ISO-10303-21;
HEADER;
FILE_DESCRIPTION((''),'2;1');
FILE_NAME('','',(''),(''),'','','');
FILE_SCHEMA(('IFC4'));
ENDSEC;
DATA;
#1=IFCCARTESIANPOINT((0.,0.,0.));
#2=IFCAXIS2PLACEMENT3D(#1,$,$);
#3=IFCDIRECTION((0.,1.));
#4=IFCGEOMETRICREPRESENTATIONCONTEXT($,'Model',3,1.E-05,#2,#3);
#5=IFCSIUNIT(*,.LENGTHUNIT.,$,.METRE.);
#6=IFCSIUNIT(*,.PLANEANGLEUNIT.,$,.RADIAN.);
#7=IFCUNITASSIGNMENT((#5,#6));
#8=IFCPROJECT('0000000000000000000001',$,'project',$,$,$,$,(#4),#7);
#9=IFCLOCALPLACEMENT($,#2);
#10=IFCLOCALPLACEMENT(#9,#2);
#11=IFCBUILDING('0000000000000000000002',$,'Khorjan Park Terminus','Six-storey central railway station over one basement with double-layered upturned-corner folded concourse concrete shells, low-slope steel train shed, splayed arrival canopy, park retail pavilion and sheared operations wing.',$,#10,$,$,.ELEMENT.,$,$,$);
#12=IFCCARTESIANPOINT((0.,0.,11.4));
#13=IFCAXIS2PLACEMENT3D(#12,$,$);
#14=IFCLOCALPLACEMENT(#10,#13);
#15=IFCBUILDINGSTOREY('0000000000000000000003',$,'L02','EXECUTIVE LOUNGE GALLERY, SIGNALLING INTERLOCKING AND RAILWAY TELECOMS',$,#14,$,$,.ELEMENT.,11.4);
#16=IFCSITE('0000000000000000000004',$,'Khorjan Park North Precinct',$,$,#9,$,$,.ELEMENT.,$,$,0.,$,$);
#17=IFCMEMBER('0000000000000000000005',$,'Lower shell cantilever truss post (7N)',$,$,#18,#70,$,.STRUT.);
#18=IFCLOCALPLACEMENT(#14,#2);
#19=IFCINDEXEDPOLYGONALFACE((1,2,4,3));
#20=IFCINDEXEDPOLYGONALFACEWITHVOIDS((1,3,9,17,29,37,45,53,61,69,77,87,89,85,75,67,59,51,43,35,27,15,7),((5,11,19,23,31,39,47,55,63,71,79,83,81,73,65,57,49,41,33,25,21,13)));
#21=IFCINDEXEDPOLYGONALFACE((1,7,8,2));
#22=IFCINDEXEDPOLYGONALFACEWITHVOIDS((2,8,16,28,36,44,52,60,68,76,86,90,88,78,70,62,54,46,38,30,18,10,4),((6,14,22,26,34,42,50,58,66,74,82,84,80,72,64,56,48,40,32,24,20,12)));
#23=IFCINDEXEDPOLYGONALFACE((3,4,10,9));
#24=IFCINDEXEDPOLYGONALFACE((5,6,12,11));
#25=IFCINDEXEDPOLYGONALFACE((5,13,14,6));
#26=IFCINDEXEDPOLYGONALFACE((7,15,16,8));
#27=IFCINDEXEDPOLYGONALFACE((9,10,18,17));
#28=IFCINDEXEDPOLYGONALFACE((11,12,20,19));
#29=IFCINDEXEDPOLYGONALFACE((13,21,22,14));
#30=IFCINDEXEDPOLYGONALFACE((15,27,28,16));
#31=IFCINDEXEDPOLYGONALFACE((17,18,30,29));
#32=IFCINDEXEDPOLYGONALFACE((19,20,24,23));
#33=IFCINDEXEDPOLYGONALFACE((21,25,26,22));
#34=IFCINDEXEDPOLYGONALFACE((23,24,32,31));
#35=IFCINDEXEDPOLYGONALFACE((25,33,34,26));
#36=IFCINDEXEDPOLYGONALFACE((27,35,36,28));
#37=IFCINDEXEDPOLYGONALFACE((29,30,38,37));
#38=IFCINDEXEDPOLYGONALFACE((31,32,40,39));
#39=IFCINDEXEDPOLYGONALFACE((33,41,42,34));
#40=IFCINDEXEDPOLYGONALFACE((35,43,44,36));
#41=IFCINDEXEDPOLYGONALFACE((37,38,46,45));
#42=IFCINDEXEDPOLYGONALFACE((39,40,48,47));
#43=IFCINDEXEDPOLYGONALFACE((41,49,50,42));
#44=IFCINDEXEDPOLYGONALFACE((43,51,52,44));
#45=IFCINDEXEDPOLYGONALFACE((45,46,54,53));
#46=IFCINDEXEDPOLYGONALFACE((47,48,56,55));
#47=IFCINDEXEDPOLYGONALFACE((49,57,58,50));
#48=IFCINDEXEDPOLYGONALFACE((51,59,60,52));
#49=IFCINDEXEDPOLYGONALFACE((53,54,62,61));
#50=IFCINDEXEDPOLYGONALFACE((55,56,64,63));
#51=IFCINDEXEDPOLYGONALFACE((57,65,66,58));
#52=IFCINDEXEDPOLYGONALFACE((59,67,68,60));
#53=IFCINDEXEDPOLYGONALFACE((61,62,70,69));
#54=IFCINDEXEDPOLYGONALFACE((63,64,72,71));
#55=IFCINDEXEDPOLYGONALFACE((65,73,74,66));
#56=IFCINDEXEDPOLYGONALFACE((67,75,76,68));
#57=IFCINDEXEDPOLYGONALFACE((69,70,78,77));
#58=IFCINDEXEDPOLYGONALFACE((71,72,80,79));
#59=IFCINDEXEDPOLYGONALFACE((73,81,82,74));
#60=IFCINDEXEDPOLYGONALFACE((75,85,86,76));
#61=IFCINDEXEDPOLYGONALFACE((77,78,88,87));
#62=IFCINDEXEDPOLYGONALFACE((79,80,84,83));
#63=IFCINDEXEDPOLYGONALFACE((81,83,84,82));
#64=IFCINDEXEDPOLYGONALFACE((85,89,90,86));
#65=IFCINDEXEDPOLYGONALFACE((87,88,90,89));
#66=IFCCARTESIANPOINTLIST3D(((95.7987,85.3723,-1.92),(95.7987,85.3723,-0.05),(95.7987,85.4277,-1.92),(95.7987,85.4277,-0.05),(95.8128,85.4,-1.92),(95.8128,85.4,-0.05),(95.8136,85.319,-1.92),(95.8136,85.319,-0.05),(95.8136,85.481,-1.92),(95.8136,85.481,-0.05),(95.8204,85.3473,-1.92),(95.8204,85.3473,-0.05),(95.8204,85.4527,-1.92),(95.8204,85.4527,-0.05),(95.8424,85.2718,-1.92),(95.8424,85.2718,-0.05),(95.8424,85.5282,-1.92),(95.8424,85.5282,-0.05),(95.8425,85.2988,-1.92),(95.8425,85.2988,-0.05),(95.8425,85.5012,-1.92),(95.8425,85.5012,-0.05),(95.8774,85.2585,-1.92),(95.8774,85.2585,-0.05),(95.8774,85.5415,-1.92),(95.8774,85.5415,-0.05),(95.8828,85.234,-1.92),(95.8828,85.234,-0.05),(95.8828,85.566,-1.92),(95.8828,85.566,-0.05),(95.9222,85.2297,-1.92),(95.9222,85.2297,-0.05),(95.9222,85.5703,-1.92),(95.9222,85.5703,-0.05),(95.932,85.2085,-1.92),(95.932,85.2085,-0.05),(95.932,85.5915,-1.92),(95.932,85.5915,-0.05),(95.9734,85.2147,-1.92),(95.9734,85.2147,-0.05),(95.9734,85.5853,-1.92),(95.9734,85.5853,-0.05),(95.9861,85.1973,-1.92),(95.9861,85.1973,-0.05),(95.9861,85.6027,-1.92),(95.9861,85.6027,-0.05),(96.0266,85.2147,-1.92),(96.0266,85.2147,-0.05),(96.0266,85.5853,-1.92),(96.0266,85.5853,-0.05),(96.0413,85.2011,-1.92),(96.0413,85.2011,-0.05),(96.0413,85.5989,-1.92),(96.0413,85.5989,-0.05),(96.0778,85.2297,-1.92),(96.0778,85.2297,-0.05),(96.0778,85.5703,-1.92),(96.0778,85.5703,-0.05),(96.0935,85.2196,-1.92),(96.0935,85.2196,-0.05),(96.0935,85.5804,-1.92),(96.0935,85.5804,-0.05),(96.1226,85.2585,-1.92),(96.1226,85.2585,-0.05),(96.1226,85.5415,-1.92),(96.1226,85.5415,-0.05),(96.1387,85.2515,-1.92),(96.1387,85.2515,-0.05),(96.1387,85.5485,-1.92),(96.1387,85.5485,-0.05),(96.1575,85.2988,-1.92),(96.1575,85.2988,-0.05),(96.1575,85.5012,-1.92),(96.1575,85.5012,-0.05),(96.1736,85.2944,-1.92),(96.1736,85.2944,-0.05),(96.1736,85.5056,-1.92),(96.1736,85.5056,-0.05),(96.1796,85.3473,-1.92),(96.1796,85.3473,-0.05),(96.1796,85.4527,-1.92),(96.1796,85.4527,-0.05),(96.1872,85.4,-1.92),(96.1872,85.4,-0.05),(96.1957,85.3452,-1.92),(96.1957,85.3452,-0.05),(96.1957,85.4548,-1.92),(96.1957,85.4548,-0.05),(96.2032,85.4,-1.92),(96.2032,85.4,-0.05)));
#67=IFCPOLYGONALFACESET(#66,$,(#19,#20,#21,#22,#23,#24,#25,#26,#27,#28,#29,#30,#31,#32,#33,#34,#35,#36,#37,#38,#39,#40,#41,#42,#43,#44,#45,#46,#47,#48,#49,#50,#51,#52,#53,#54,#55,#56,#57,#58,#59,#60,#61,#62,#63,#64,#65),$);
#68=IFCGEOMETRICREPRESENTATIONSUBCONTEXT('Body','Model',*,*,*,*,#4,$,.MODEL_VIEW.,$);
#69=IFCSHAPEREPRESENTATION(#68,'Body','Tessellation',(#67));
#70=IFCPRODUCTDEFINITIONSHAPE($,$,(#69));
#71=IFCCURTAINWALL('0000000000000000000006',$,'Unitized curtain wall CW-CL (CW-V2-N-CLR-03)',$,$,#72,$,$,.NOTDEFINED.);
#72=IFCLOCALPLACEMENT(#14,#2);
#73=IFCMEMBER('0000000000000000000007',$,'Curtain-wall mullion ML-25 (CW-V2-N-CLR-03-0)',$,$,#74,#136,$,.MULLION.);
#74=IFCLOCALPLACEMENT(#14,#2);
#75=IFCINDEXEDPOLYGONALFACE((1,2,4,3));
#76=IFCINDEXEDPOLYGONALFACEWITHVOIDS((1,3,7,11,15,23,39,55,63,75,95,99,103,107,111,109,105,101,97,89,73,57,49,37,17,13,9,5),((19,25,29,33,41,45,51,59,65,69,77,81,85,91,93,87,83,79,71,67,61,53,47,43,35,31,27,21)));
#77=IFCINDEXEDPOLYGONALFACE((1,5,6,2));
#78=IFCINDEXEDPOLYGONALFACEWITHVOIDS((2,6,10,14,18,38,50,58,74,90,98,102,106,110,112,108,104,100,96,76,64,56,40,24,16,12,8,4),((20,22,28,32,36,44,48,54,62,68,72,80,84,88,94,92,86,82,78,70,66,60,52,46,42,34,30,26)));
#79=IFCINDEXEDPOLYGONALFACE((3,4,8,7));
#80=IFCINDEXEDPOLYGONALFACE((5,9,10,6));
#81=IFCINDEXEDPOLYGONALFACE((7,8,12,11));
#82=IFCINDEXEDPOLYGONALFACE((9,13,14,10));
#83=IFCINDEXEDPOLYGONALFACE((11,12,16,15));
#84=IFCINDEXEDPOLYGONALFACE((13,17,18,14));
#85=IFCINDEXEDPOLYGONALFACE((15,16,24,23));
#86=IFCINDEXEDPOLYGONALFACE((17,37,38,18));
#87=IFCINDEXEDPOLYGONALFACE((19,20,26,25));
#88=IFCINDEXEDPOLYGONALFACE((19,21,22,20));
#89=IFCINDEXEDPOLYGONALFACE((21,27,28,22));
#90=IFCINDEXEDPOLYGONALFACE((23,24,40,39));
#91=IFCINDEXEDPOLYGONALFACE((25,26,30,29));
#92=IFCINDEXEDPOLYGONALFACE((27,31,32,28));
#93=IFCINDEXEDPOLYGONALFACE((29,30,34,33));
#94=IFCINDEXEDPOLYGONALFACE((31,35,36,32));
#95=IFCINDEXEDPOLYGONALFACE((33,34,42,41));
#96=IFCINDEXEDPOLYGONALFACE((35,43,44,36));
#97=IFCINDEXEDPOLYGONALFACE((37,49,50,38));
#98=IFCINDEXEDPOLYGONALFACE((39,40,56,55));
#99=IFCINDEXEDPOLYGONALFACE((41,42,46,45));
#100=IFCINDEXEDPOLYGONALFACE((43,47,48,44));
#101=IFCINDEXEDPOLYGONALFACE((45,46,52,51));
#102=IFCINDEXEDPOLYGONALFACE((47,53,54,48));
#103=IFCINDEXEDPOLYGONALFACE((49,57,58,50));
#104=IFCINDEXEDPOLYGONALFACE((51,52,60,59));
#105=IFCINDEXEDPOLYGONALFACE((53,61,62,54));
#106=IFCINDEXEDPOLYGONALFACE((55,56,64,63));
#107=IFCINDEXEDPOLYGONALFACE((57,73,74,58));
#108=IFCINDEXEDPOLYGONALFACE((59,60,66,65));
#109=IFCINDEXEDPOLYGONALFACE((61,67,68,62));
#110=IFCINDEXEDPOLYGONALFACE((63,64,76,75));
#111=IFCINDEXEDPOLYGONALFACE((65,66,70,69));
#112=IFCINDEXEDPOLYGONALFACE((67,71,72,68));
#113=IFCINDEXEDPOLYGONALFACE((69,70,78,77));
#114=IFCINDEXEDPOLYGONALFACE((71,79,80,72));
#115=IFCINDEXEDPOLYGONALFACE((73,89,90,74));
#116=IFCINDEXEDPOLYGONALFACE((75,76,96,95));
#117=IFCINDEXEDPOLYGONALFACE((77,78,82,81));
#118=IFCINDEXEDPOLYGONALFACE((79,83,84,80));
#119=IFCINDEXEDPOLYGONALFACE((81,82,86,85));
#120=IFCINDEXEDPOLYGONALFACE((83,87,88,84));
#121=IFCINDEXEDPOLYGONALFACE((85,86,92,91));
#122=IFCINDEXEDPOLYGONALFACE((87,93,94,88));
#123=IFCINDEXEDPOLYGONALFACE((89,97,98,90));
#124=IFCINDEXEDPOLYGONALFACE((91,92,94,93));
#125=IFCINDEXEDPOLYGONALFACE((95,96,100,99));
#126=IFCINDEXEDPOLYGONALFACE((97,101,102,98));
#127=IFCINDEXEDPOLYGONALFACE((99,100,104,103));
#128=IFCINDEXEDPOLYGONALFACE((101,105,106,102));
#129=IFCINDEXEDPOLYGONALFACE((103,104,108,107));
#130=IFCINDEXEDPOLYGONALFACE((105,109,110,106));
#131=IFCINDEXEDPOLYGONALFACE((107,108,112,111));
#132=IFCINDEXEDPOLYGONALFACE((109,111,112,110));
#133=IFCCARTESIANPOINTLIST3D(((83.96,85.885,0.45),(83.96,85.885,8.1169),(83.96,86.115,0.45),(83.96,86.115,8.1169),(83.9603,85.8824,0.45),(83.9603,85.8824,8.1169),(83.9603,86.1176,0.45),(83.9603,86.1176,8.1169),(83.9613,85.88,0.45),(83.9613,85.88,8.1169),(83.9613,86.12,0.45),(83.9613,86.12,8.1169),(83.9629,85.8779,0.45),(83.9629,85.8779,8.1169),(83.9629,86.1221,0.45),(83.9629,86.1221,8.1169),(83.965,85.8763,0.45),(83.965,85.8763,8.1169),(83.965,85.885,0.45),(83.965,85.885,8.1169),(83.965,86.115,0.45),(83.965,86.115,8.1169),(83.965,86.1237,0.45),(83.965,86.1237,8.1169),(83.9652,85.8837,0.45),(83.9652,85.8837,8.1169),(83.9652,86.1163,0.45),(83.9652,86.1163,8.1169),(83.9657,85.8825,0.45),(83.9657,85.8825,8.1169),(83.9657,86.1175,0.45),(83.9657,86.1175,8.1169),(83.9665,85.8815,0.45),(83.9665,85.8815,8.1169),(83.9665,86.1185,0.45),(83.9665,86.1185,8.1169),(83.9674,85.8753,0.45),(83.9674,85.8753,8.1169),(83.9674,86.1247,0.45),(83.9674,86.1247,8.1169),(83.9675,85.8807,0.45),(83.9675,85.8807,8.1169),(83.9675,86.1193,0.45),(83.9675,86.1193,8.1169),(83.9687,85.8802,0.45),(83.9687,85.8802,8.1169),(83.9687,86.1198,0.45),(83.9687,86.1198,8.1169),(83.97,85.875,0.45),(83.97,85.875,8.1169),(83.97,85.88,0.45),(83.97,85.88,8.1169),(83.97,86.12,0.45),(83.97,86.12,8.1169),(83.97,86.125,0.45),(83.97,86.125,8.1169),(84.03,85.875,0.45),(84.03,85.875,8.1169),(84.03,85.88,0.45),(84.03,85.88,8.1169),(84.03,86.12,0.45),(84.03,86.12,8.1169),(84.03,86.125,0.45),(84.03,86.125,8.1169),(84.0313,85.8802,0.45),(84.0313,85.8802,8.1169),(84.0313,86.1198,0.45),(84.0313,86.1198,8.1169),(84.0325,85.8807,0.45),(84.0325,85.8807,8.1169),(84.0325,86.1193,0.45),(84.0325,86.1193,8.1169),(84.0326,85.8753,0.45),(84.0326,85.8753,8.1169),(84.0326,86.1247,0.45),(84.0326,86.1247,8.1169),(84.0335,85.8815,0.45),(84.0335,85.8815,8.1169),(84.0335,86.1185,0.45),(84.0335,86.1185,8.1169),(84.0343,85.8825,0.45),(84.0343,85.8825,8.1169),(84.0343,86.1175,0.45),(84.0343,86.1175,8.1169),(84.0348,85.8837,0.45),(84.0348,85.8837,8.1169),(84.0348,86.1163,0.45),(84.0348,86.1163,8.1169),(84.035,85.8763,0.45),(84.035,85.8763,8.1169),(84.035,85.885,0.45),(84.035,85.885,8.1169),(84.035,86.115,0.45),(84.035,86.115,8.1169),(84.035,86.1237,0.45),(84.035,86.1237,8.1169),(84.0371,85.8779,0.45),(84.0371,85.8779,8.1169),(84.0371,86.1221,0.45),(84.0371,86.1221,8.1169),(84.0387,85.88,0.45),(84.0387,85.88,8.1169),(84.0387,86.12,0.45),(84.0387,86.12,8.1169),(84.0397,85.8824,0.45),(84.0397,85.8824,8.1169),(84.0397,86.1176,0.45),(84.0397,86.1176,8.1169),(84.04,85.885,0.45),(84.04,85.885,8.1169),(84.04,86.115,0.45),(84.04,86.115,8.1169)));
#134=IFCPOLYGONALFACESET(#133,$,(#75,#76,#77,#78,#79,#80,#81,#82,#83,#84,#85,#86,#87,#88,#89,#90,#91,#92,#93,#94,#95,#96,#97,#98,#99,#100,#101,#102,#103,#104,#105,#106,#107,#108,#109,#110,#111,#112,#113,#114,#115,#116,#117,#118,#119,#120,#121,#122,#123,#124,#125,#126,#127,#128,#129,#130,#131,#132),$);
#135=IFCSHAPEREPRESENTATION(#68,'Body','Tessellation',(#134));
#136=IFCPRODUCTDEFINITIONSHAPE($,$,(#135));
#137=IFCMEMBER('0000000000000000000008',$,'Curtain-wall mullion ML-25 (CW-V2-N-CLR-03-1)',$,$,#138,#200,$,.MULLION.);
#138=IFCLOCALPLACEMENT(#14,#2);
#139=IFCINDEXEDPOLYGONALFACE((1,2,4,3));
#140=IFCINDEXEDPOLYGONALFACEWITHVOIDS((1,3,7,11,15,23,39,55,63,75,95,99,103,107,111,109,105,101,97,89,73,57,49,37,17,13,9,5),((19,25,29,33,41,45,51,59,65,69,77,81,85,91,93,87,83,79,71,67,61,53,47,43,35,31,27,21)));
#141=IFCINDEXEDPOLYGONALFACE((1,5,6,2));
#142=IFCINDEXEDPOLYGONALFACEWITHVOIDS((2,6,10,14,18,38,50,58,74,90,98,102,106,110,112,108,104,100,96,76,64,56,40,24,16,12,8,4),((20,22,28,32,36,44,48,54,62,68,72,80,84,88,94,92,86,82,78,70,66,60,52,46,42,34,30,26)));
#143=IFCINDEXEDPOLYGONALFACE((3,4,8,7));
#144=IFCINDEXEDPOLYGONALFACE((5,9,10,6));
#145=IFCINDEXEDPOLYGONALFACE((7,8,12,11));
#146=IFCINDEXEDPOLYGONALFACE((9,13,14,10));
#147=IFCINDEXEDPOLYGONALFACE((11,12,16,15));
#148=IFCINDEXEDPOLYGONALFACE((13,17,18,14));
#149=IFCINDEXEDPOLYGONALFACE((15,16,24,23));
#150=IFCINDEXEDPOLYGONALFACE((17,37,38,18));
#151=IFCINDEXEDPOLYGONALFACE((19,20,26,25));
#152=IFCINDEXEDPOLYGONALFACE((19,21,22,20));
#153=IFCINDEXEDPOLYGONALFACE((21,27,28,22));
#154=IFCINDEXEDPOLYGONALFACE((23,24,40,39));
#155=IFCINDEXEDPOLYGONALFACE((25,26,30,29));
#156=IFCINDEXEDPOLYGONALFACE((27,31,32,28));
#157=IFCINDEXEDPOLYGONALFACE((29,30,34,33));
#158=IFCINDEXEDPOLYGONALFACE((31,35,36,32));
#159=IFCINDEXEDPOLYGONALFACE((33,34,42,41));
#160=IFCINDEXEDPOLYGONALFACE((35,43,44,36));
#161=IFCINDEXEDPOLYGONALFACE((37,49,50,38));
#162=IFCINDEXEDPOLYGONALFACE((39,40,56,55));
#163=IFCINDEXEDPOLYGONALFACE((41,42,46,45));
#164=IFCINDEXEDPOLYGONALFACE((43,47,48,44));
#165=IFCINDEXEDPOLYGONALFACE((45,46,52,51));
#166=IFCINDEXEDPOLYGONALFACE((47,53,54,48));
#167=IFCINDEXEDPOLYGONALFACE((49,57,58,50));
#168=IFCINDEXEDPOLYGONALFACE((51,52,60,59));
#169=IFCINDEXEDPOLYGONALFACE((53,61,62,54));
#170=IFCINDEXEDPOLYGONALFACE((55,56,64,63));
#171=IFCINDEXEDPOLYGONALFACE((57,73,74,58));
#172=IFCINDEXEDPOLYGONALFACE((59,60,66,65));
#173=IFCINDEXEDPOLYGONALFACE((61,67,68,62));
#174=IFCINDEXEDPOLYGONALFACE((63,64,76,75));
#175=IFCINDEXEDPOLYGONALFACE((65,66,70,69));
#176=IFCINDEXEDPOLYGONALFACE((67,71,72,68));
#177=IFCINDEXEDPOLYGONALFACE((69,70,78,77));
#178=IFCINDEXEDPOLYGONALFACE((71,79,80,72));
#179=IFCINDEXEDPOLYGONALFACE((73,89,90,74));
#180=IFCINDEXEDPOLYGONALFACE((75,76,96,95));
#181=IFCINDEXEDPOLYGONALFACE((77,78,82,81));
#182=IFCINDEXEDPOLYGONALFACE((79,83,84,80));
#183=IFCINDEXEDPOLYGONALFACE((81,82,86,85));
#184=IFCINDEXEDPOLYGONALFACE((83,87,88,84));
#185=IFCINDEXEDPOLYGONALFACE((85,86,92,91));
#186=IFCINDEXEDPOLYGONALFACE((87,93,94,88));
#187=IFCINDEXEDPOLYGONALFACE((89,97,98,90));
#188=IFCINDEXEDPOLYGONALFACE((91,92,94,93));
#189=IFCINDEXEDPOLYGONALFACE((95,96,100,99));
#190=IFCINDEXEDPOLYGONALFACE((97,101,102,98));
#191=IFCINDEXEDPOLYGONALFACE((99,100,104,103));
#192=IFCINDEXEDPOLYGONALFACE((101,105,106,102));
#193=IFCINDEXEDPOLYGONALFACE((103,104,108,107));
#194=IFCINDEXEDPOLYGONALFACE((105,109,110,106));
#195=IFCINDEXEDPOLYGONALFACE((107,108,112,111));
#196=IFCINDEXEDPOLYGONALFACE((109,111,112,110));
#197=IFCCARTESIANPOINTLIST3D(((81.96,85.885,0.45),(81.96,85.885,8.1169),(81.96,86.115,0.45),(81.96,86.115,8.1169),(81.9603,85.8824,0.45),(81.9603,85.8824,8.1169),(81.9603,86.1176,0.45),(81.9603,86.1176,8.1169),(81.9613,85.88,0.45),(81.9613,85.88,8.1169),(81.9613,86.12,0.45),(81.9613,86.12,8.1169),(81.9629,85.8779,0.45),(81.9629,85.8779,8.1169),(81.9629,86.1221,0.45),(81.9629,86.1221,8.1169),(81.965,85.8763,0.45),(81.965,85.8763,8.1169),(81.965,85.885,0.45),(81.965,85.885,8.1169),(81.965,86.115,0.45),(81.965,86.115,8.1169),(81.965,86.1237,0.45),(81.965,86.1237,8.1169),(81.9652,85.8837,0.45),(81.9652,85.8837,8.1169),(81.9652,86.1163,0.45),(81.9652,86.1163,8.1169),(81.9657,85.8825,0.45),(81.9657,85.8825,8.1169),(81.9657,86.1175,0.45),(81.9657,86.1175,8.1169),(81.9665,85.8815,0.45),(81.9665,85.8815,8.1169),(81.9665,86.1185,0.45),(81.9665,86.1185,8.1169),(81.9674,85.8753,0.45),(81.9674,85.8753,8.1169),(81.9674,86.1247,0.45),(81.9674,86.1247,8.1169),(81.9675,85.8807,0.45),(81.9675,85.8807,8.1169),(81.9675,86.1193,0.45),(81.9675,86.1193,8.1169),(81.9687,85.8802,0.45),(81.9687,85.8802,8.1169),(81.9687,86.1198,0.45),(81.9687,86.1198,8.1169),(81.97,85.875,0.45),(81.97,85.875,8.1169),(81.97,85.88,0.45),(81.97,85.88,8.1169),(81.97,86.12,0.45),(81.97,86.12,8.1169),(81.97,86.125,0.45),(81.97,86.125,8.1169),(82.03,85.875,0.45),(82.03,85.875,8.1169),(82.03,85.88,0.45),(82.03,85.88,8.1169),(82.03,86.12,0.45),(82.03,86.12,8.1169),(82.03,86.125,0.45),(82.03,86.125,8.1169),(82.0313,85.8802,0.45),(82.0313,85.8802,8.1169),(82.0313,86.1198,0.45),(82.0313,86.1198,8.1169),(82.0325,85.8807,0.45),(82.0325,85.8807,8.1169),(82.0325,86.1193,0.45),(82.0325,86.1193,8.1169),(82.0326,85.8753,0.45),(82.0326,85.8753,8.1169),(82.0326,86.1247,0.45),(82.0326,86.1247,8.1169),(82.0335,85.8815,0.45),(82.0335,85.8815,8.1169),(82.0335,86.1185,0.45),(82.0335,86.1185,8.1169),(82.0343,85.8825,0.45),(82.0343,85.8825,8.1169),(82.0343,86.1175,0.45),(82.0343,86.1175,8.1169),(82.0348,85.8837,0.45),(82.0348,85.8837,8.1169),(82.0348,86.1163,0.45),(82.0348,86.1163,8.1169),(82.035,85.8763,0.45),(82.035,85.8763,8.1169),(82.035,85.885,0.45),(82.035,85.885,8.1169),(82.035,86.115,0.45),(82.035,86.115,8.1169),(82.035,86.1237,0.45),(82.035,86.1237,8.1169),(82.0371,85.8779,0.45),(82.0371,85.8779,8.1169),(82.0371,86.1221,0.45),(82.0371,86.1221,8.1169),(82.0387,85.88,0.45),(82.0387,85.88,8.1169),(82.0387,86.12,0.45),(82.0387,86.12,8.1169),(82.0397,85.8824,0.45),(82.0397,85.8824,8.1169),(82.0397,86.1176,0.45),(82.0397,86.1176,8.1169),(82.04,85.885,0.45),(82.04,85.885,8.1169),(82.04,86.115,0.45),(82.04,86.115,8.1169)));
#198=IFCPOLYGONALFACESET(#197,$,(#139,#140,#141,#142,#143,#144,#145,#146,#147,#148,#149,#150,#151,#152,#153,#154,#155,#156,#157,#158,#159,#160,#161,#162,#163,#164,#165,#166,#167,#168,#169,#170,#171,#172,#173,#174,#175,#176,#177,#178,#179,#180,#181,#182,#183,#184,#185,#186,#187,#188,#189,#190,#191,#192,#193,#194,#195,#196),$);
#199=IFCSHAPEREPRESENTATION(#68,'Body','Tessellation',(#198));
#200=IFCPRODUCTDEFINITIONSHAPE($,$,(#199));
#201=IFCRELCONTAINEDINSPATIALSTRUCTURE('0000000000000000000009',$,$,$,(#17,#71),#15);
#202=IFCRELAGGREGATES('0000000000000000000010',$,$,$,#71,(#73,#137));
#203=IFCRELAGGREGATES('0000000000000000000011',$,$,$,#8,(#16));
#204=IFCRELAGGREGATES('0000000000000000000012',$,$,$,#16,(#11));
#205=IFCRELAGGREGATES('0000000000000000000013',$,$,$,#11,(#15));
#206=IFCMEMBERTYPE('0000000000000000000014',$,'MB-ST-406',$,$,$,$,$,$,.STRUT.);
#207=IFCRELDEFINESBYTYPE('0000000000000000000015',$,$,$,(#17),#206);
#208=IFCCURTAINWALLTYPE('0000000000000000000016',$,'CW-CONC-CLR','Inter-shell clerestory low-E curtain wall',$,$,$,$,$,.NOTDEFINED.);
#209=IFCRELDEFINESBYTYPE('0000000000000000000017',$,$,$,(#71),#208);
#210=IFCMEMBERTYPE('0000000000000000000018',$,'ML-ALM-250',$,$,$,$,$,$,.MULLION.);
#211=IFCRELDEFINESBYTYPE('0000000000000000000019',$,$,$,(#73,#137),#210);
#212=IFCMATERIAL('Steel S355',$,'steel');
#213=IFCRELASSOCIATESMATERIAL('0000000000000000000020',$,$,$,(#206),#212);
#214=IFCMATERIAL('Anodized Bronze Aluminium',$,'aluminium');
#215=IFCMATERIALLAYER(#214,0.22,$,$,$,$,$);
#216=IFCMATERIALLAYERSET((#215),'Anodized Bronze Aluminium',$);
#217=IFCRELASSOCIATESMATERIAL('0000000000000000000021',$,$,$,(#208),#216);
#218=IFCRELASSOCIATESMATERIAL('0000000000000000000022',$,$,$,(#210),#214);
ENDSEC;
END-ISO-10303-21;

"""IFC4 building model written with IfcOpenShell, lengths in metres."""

from ifc_helpers import new_model, si_unit, direction, frame, origin, origin_2d, place, context, subcontext, project, spatial, hollow_rectangle, hollow_circle, extrude, material, layer, layer_set, material_profile, profile_set, type_object, element, aggregate, save


model = new_model("IFC4")

# Units and contexts
model_context = context("Model", 3, precision=1e-05, world=origin(), true_north=direction((0.0, 1.0)))
body_context = subcontext(model_context, "Body", "Model", "MODEL_VIEW")
ifc_project = project(units=[si_unit("LENGTHUNIT", "METRE"), si_unit("PLANEANGLEUNIT", "RADIAN")], contexts=[model_context])

# Site, building, storey
site_placement = place(None, origin())
site = spatial("IfcSite", under=ifc_project, at=site_placement, Name="Khorjan Park North Precinct", CompositionType="ELEMENT", RefElevation=0.0)
building_placement = place(site_placement, origin())
building = spatial("IfcBuilding", under=site, at=building_placement, Name="Khorjan Park Terminus", Description="Six-storey central railway station over one basement with double-layered upturned-corner folded concourse concrete shells, low-slope steel train shed, splayed arrival canopy, park retail pavilion and sheared operations wing.", CompositionType="ELEMENT")
storey_placement = place(building_placement, frame((0.0, 0.0, 11.4)))
storey = spatial("IfcBuildingStorey", under=building, at=storey_placement, Name="L02", Description="EXECUTIVE LOUNGE GALLERY, SIGNALLING INTERLOCKING AND RAILWAY TELECOMS", CompositionType="ELEMENT", Elevation=11.4)

# Member
ifc_material_1 = material(Name="Steel S355", Category="steel")
ifc_material_profile_1 = material_profile(ifc_material_1, hollow_circle(Radius=0.2032, WallThickness=0.016, at=origin_2d()), Name="CHS 406.4x16")
ifc_profile_set_1 = profile_set([ifc_material_profile_1], Name="Steel S355")
member_type_1 = type_object("IfcMemberType", Name="MB-ST-406", PredefinedType="STRUT", material=ifc_profile_set_1)
for number, where, z_axis, x_axis, name in (
    (1, (96.0, 85.4, -1.92), (0.0, 0.0, 1.0), (1.0, 0.0, 0.0), "Lower shell cantilever truss post (7N)"),
):
    element("IfcMember", number, at=place(storey_placement, frame(where, z_axis=z_axis, x_axis=x_axis)), inside=storey, type_object=member_type_1, Name=name, PredefinedType="STRUT", context=body_context, shape_type="SweptSolid", body=[
        extrude(hollow_circle(Radius=0.2032, WallThickness=0.016, at=origin_2d()), origin(), (0.0, 0.0, 1.0), 1.87),
    ])

# Curtain wall, members
ifc_material_2 = material(Name="Anodized Bronze Aluminium", Category="aluminium")
ifc_layer_1 = layer(ifc_material_2, 0.22)
ifc_layer_set_1 = layer_set([ifc_layer_1], Name="Anodized Bronze Aluminium")
curtain_wall_type = type_object("IfcCurtainWallType", Name="CW-CONC-CLR", Description="Inter-shell clerestory low-E curtain wall", PredefinedType="NOTDEFINED", material=ifc_layer_set_1)
curtain_wall_1_placement = place(storey_placement, origin())
curtain_wall_1 = element("IfcCurtainWall", 2, at=curtain_wall_1_placement, inside=storey, type_object=curtain_wall_type, Name="Unitized curtain wall CW-CL (CW-V2-N-CLR-03)", PredefinedType="NOTDEFINED")
ifc_material_profile_2 = material_profile(ifc_material_2, hollow_rectangle(XDim=0.08, YDim=0.25, WallThickness=0.005, InnerFilletRadius=0.005, OuterFilletRadius=0.01, at=origin_2d()), Name="ALM 80x250x5")
ifc_profile_set_2 = profile_set([ifc_material_profile_2], Name="Anodized Bronze Aluminium")
member_type_2 = type_object("IfcMemberType", Name="ML-ALM-250", PredefinedType="MULLION", material=ifc_profile_set_2)
member_1_placement = place(storey_placement, frame((84.0, 86.0, 0.45), z_axis=(0.0, 0.0, 1.0), x_axis=(-1.0, 0.0, 0.0)))
member_1 = element("IfcMember", 3, at=member_1_placement, type_object=member_type_2, Name="Curtain-wall mullion ML-25 (CW-V2-N-CLR-03-0)", PredefinedType="MULLION", context=body_context, shape_type="SweptSolid", body=[
    extrude(hollow_rectangle(XDim=0.08, YDim=0.25, WallThickness=0.005, InnerFilletRadius=0.005, OuterFilletRadius=0.01, at=origin_2d()), origin(), (0.0, 0.0, 1.0), 7.6669),
])
member_2_placement = place(storey_placement, frame((82.0, 86.0, 0.45), z_axis=(0.0, 0.0, 1.0), x_axis=(-1.0, 0.0, 0.0)))
member_2 = element("IfcMember", 4, at=member_2_placement, type_object=member_type_2, Name="Curtain-wall mullion ML-25 (CW-V2-N-CLR-03-1)", PredefinedType="MULLION", context=body_context, shape_type="SweptSolid", body=[
    extrude(hollow_rectangle(XDim=0.08, YDim=0.25, WallThickness=0.005, InnerFilletRadius=0.005, OuterFilletRadius=0.01, at=origin_2d()), origin(), (0.0, 0.0, 1.0), 7.6669),
])

aggregate(curtain_wall_1, [member_1, member_2])

save(model, "model.ifc")
